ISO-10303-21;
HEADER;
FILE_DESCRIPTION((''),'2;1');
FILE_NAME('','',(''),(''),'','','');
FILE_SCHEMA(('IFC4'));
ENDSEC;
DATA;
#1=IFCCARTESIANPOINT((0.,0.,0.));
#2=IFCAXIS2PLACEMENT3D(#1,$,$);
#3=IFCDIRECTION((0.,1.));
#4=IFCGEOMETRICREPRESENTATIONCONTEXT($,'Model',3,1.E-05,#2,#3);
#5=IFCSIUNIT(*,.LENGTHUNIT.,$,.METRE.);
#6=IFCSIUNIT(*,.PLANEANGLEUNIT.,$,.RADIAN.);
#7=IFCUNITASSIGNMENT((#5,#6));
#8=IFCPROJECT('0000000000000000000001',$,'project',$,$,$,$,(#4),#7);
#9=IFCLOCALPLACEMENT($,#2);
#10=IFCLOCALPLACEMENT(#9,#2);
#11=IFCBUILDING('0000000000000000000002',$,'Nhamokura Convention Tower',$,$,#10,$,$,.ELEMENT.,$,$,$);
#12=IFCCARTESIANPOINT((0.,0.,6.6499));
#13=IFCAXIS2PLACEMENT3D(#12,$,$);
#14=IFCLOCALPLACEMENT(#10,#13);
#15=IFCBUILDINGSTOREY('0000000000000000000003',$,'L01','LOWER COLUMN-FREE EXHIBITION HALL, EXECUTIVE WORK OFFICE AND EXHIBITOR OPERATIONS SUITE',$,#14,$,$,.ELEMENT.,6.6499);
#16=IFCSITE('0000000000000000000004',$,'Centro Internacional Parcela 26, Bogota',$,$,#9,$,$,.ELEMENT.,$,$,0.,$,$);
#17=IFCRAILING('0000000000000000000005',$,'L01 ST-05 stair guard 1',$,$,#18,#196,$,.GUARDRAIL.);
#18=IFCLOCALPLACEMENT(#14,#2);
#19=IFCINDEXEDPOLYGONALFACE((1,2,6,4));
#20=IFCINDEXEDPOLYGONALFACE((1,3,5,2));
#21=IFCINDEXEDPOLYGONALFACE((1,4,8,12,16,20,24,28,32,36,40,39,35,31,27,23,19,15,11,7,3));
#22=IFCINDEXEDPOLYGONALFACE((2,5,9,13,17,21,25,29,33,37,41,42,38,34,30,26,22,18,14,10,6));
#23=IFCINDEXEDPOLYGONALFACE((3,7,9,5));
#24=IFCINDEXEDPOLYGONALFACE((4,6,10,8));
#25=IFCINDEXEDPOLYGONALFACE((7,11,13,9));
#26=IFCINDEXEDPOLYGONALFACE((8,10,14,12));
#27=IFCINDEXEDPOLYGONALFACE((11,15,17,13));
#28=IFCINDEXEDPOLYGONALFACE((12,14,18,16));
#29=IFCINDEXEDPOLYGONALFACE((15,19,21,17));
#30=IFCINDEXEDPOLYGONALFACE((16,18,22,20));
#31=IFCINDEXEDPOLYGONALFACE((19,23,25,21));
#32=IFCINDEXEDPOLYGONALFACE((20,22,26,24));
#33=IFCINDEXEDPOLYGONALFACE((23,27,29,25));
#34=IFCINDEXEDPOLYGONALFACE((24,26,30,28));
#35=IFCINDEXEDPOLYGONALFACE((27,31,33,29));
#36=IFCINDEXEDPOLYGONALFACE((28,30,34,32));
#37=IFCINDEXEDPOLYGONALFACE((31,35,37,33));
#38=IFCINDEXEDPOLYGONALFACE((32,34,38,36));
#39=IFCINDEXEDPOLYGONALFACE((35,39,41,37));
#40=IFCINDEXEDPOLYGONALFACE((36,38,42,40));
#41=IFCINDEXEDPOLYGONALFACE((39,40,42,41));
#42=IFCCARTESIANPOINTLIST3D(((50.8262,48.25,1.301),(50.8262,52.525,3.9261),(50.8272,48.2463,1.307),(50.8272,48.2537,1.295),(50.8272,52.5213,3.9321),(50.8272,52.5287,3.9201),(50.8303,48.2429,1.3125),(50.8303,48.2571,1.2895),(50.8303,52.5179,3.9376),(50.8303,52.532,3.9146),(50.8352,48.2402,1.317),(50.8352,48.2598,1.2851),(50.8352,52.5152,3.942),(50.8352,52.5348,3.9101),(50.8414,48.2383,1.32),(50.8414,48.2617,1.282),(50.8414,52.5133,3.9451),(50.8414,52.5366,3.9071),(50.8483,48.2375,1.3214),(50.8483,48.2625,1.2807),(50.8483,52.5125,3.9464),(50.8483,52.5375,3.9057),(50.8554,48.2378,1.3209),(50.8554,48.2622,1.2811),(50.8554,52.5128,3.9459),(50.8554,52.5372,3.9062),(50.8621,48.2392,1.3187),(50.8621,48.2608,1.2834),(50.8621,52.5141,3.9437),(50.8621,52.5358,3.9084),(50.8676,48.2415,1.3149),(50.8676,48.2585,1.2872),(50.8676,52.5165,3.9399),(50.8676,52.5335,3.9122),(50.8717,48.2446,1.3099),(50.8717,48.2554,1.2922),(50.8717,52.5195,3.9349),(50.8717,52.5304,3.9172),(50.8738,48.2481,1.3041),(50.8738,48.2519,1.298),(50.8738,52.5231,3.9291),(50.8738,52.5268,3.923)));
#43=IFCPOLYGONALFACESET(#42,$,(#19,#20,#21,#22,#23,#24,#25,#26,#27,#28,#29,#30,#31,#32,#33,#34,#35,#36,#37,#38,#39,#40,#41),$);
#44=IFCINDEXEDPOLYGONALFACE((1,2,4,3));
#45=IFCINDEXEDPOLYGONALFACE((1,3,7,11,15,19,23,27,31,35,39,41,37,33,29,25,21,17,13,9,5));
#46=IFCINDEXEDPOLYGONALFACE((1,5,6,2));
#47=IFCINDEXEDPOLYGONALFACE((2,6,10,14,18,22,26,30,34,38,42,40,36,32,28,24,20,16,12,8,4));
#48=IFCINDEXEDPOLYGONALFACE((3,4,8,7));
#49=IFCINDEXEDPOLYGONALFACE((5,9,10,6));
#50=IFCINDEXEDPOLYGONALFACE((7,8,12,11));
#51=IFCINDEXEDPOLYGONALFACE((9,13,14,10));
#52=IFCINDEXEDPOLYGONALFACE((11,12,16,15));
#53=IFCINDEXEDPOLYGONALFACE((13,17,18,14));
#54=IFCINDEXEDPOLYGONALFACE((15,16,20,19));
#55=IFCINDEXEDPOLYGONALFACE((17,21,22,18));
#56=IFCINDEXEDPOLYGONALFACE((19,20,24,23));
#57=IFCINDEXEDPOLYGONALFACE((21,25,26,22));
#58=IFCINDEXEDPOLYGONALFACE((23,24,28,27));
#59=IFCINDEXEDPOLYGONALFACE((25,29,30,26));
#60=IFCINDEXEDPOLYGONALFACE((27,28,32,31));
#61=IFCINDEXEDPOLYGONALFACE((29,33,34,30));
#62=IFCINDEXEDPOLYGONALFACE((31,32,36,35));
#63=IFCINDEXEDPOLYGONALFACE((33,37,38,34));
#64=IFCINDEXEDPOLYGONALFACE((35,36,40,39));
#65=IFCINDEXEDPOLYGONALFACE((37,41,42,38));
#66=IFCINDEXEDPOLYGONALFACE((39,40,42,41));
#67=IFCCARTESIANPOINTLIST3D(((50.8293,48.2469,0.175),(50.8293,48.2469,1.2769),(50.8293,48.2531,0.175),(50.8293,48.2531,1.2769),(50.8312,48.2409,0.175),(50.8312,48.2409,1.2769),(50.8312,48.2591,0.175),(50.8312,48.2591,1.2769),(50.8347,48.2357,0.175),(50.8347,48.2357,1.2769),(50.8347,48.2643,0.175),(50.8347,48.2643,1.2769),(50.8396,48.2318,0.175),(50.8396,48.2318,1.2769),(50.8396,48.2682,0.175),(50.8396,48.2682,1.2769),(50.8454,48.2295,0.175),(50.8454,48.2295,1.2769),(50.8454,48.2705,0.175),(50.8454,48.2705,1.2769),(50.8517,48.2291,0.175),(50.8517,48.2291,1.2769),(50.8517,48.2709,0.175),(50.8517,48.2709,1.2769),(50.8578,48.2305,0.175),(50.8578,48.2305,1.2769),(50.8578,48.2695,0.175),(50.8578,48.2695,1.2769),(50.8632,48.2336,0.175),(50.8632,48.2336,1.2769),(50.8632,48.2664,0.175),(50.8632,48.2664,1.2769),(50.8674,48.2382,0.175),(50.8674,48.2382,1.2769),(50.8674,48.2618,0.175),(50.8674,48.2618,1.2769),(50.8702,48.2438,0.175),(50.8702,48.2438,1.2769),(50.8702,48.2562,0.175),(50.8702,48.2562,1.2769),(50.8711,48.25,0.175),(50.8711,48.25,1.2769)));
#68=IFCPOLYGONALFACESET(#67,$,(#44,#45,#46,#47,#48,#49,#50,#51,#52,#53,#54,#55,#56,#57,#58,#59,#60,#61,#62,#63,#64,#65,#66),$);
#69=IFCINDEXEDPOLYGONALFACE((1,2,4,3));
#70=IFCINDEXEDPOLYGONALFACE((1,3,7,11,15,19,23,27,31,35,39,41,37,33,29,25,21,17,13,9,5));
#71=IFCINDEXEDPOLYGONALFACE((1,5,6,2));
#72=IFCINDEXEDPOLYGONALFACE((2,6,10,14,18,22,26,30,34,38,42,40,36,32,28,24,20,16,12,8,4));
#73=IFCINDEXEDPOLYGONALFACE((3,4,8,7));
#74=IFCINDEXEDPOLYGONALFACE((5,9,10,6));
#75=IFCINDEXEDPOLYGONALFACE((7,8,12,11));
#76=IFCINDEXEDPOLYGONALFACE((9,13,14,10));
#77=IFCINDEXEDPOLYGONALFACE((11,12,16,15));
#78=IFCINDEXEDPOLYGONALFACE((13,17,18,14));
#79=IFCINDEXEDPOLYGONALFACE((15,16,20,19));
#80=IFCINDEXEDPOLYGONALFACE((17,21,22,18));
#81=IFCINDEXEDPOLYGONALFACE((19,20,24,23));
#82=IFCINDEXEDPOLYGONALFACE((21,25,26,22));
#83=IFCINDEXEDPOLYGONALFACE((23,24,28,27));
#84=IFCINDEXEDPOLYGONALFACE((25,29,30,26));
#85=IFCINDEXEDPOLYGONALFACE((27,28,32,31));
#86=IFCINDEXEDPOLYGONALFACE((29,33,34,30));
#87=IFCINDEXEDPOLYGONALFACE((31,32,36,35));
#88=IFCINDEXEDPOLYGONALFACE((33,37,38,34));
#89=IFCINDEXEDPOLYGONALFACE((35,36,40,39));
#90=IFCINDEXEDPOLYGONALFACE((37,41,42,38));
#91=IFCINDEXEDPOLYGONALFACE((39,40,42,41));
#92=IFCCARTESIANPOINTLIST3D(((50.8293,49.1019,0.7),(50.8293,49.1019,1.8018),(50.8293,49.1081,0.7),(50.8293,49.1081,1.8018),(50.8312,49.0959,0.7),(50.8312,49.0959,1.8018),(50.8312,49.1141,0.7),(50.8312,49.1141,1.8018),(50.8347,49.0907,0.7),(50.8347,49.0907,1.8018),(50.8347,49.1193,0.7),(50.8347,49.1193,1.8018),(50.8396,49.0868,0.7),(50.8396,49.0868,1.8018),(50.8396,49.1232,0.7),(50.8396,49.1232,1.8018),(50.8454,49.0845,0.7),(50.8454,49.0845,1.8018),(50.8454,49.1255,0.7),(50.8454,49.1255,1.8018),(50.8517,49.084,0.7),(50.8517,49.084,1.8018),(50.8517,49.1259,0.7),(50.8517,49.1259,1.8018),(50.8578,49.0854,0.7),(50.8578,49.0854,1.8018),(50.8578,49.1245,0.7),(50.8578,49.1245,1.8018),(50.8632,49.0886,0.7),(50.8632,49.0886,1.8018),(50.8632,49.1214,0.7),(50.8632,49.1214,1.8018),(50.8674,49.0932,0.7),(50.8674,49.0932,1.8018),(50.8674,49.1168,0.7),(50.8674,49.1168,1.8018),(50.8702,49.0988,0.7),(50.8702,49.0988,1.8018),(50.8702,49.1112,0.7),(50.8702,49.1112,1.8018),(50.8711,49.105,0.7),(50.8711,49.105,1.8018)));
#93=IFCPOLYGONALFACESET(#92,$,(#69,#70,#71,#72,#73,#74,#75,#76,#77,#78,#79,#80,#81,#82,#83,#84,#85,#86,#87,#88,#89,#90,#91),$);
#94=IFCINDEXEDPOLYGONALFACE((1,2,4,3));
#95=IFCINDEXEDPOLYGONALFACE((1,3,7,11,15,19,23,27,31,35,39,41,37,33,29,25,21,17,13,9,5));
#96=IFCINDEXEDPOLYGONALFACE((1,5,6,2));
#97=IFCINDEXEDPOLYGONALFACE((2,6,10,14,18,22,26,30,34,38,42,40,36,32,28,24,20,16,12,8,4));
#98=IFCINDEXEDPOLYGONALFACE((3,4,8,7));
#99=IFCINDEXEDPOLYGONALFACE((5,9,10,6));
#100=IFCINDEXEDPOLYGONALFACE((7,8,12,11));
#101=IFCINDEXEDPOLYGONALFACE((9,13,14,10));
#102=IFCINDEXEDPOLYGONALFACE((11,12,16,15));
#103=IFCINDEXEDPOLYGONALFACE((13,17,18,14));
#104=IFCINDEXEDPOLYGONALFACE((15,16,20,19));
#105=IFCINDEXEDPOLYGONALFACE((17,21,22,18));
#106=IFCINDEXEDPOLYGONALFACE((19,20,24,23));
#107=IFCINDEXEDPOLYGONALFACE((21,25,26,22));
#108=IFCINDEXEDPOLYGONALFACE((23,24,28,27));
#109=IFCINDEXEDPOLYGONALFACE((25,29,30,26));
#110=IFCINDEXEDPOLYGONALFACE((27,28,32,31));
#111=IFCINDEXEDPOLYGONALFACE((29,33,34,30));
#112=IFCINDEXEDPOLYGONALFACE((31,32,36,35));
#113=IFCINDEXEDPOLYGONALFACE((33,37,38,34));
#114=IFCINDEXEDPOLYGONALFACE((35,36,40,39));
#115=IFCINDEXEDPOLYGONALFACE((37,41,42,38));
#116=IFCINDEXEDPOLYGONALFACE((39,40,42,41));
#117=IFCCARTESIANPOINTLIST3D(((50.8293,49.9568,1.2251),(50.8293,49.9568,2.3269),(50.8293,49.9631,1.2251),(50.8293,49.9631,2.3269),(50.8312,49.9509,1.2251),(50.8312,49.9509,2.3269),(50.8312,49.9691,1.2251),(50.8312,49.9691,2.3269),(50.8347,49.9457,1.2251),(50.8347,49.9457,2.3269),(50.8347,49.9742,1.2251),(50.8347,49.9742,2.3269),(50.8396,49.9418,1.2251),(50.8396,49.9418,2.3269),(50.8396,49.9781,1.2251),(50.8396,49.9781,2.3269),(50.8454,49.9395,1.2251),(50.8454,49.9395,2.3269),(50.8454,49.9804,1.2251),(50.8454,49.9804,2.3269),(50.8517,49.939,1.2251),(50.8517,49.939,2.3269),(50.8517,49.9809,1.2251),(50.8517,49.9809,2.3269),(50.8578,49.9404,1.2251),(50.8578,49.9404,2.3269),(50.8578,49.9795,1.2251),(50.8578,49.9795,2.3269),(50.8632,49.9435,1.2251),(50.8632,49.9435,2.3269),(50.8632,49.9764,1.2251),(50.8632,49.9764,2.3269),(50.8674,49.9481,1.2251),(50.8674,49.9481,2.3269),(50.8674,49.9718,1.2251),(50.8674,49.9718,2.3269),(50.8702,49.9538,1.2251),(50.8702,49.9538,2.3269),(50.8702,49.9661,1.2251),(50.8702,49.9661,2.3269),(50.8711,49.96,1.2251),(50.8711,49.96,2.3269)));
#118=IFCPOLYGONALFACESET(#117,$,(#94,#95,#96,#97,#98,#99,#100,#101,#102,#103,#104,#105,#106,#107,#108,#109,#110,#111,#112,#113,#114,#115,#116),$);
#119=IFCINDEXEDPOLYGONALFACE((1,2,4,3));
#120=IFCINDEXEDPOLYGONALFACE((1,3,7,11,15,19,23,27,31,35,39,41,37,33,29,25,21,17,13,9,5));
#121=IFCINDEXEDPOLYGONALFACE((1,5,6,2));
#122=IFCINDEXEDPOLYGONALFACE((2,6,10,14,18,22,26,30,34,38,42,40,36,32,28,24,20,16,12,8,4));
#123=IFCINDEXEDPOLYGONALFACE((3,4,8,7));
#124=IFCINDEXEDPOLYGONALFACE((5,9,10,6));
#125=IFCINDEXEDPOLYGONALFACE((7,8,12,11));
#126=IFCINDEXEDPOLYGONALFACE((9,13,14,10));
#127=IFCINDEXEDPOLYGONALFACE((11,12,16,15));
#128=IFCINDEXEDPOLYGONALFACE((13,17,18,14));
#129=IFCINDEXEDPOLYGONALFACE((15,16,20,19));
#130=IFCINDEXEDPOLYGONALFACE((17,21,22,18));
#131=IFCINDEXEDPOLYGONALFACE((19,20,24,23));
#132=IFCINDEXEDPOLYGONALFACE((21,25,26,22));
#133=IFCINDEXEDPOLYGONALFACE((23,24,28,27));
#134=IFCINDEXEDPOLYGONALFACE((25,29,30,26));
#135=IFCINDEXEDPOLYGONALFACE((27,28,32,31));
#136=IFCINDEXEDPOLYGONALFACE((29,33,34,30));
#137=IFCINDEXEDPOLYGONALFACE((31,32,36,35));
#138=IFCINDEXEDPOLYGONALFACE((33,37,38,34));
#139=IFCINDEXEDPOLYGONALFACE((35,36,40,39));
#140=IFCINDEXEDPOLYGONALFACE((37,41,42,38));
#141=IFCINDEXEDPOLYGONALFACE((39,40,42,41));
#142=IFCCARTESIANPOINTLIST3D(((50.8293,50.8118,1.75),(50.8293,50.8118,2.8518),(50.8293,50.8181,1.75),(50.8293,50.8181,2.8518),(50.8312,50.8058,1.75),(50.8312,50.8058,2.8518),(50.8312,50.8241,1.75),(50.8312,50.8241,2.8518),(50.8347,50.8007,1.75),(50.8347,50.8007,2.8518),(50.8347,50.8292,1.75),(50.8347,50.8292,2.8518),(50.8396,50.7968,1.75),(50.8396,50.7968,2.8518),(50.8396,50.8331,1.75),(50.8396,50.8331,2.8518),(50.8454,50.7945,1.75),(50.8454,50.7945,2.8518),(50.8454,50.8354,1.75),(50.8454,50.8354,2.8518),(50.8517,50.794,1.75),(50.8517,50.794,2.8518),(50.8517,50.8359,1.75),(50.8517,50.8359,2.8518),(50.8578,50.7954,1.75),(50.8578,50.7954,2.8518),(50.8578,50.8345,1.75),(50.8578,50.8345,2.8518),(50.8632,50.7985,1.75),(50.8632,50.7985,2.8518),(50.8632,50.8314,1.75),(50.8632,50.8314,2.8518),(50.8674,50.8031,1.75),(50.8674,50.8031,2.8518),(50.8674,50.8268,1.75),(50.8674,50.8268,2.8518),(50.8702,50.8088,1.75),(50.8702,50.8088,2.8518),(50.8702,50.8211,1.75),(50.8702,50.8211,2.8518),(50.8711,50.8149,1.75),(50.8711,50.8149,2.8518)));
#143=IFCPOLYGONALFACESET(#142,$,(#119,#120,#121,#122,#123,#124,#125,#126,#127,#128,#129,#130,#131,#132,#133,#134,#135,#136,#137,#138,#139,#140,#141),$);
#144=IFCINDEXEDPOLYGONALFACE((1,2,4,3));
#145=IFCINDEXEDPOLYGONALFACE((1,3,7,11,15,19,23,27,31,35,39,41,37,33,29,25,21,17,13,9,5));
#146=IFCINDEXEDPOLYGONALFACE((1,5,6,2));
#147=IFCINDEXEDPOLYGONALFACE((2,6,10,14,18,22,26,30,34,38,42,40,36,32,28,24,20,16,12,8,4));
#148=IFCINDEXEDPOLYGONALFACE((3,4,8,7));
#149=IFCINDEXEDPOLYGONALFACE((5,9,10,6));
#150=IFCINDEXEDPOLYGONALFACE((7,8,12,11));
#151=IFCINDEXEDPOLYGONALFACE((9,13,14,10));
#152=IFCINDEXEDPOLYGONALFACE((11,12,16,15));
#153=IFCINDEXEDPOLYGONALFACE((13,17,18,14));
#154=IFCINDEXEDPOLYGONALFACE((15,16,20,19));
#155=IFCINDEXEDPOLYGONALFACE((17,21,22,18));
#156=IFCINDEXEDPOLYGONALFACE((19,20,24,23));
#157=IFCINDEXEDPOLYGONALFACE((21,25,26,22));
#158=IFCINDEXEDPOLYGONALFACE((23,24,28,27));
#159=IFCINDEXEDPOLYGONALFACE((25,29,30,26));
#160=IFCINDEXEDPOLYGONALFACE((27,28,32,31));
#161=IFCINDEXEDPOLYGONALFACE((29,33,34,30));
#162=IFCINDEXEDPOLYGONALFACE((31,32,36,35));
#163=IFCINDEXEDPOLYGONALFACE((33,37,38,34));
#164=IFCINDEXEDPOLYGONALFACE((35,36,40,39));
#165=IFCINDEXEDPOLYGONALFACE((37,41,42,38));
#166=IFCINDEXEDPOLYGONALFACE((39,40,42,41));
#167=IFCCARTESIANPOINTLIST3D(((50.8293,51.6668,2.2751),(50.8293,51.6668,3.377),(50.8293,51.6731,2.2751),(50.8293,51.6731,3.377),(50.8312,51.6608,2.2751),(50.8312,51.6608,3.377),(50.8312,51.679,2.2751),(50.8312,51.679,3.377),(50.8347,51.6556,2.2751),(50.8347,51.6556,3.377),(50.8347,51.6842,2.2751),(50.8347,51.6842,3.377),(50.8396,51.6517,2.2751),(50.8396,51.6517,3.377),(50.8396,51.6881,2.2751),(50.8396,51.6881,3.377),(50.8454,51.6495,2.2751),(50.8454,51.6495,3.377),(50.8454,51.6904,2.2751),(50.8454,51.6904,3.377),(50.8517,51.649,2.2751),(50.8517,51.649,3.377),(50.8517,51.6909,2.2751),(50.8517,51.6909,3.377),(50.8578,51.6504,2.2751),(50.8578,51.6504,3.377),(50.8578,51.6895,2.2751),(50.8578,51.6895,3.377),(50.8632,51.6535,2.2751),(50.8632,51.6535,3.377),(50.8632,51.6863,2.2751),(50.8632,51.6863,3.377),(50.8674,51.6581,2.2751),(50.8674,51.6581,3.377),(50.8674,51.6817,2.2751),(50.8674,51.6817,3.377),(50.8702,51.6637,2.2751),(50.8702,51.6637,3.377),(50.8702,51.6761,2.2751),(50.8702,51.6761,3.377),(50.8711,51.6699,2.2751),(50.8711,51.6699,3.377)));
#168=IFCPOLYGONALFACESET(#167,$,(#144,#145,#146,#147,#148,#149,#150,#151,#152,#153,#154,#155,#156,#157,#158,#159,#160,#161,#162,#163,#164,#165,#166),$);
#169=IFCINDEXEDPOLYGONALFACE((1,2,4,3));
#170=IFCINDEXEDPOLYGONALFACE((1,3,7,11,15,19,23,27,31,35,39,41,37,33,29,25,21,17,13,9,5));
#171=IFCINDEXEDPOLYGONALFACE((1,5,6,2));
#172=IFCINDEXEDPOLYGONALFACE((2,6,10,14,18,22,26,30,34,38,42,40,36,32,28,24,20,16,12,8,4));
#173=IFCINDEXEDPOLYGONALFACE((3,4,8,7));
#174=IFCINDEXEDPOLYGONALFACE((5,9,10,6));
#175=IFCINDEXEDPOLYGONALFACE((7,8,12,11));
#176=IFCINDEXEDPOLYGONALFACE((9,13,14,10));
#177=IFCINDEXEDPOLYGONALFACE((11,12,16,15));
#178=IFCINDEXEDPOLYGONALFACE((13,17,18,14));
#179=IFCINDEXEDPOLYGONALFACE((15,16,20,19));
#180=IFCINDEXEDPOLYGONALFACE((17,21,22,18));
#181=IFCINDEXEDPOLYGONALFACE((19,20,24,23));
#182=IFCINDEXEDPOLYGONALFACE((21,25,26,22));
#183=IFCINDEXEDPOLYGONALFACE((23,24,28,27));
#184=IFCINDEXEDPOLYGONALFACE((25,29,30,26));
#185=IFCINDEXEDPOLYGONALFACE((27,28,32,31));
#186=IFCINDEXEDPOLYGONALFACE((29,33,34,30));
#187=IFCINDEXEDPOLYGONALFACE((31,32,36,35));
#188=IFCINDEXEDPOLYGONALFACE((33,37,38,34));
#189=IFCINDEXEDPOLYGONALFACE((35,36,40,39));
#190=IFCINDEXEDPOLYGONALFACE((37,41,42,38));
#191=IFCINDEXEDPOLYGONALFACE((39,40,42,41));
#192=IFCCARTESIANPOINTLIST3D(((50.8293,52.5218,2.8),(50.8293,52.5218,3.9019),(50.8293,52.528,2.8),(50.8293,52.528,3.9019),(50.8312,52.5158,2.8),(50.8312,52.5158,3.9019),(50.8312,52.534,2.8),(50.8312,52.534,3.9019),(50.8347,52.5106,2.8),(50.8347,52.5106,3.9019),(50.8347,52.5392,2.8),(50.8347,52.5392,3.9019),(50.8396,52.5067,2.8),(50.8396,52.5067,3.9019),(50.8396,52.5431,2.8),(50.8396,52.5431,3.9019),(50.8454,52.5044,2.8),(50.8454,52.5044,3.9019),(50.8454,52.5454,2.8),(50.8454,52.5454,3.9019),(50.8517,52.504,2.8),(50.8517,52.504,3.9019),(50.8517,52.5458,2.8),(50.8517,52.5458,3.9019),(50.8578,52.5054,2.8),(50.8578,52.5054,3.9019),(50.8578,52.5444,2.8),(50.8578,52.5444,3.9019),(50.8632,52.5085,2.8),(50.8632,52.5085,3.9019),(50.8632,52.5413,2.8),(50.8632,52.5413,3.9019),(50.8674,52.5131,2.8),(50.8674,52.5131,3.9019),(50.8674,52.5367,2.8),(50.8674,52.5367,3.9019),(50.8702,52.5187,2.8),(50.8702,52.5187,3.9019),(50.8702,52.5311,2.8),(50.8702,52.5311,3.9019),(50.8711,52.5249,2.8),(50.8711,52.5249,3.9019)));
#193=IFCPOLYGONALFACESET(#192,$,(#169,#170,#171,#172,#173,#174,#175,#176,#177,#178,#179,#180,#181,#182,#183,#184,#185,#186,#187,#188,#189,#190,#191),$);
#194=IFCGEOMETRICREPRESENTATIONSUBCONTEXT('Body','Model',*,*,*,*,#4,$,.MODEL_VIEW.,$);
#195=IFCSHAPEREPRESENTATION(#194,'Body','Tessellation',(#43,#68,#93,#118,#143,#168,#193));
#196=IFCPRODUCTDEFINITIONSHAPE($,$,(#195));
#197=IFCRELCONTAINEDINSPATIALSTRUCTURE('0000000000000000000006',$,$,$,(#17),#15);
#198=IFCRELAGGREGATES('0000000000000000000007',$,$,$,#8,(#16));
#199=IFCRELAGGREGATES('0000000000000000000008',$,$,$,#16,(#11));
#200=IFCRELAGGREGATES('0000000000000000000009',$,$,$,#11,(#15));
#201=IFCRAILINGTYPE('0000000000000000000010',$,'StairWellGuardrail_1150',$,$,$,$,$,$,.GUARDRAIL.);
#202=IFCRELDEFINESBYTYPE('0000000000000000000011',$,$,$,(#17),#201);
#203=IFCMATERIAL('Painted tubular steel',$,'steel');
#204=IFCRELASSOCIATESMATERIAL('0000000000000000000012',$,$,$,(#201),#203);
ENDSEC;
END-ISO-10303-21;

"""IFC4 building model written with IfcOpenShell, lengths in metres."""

from ifc_helpers import new_model, si_unit, direction, frame, origin, origin_2d, place, context, subcontext, project, spatial, circle, extrude, material, type_object, element, save


model = new_model("IFC4")

# Units and contexts
model_context = context("Model", 3, precision=1e-05, world=origin(), true_north=direction((0.0, 1.0)))
body_context = subcontext(model_context, "Body", "Model", "MODEL_VIEW")
ifc_project = project(units=[si_unit("LENGTHUNIT", "METRE"), si_unit("PLANEANGLEUNIT", "RADIAN")], contexts=[model_context])

# Site, building, storey
site_placement = place(None, origin())
site = spatial("IfcSite", under=ifc_project, at=site_placement, Name="Centro Internacional Parcela 26, Bogota", CompositionType="ELEMENT", RefElevation=0.0)
building_placement = place(site_placement, origin())
building = spatial("IfcBuilding", under=site, at=building_placement, Name="Nhamokura Convention Tower", CompositionType="ELEMENT")
storey_placement = place(building_placement, frame((0.0, 0.0, 6.6499)))
storey = spatial("IfcBuildingStorey", under=building, at=storey_placement, Name="L01", Description="LOWER COLUMN-FREE EXHIBITION HALL, EXECUTIVE WORK OFFICE AND EXHIBITOR OPERATIONS SUITE", CompositionType="ELEMENT", Elevation=6.6499)

# Railing
ifc_material_1 = material(Name="Painted tubular steel", Category="steel")
railing_type_1 = type_object("IfcRailingType", Name="StairWellGuardrail_1150", PredefinedType="GUARDRAIL", material=ifc_material_1)
railing_1_placement = place(storey_placement, frame((50.8501, 48.25, 0.175)))
element("IfcRailing", 1, at=railing_1_placement, inside=storey, type_object=railing_type_1, Name="L01 ST-05 stair guard 1", PredefinedType="GUARDRAIL", context=body_context, shape_type="SweptSolid", body=[
    extrude(circle(Radius=0.0239, at=origin_2d()), frame((0.0, 0.0, 1.126), z_axis=(0.0, 0.852166, 0.523272), x_axis=(-1.0, 0.0, 0.0)), (0.0, 0.0, 1.0), 5.0166),
    extrude(circle(Radius=0.021, at=origin_2d()), origin(), (0.0, 0.0, 1.0), 1.1018),
    extrude(circle(Radius=0.021, at=origin_2d()), frame((0.0, 0.855, 0.5249)), (0.0, 0.0, 1.0), 1.1018),
    extrude(circle(Radius=0.021, at=origin_2d()), frame((0.0, 1.71, 1.05)), (0.0, 0.0, 1.0), 1.1018),
    extrude(circle(Radius=0.021, at=origin_2d()), frame((0.0, 2.5649, 1.575)), (0.0, 0.0, 1.0), 1.1018),
    extrude(circle(Radius=0.021, at=origin_2d()), frame((0.0, 3.4199, 2.1001)), (0.0, 0.0, 1.0), 1.1018),
    extrude(circle(Radius=0.021, at=origin_2d()), frame((0.0, 4.2749, 2.625)), (0.0, 0.0, 1.0), 1.1018),
])

save(model, "model.ifc")
